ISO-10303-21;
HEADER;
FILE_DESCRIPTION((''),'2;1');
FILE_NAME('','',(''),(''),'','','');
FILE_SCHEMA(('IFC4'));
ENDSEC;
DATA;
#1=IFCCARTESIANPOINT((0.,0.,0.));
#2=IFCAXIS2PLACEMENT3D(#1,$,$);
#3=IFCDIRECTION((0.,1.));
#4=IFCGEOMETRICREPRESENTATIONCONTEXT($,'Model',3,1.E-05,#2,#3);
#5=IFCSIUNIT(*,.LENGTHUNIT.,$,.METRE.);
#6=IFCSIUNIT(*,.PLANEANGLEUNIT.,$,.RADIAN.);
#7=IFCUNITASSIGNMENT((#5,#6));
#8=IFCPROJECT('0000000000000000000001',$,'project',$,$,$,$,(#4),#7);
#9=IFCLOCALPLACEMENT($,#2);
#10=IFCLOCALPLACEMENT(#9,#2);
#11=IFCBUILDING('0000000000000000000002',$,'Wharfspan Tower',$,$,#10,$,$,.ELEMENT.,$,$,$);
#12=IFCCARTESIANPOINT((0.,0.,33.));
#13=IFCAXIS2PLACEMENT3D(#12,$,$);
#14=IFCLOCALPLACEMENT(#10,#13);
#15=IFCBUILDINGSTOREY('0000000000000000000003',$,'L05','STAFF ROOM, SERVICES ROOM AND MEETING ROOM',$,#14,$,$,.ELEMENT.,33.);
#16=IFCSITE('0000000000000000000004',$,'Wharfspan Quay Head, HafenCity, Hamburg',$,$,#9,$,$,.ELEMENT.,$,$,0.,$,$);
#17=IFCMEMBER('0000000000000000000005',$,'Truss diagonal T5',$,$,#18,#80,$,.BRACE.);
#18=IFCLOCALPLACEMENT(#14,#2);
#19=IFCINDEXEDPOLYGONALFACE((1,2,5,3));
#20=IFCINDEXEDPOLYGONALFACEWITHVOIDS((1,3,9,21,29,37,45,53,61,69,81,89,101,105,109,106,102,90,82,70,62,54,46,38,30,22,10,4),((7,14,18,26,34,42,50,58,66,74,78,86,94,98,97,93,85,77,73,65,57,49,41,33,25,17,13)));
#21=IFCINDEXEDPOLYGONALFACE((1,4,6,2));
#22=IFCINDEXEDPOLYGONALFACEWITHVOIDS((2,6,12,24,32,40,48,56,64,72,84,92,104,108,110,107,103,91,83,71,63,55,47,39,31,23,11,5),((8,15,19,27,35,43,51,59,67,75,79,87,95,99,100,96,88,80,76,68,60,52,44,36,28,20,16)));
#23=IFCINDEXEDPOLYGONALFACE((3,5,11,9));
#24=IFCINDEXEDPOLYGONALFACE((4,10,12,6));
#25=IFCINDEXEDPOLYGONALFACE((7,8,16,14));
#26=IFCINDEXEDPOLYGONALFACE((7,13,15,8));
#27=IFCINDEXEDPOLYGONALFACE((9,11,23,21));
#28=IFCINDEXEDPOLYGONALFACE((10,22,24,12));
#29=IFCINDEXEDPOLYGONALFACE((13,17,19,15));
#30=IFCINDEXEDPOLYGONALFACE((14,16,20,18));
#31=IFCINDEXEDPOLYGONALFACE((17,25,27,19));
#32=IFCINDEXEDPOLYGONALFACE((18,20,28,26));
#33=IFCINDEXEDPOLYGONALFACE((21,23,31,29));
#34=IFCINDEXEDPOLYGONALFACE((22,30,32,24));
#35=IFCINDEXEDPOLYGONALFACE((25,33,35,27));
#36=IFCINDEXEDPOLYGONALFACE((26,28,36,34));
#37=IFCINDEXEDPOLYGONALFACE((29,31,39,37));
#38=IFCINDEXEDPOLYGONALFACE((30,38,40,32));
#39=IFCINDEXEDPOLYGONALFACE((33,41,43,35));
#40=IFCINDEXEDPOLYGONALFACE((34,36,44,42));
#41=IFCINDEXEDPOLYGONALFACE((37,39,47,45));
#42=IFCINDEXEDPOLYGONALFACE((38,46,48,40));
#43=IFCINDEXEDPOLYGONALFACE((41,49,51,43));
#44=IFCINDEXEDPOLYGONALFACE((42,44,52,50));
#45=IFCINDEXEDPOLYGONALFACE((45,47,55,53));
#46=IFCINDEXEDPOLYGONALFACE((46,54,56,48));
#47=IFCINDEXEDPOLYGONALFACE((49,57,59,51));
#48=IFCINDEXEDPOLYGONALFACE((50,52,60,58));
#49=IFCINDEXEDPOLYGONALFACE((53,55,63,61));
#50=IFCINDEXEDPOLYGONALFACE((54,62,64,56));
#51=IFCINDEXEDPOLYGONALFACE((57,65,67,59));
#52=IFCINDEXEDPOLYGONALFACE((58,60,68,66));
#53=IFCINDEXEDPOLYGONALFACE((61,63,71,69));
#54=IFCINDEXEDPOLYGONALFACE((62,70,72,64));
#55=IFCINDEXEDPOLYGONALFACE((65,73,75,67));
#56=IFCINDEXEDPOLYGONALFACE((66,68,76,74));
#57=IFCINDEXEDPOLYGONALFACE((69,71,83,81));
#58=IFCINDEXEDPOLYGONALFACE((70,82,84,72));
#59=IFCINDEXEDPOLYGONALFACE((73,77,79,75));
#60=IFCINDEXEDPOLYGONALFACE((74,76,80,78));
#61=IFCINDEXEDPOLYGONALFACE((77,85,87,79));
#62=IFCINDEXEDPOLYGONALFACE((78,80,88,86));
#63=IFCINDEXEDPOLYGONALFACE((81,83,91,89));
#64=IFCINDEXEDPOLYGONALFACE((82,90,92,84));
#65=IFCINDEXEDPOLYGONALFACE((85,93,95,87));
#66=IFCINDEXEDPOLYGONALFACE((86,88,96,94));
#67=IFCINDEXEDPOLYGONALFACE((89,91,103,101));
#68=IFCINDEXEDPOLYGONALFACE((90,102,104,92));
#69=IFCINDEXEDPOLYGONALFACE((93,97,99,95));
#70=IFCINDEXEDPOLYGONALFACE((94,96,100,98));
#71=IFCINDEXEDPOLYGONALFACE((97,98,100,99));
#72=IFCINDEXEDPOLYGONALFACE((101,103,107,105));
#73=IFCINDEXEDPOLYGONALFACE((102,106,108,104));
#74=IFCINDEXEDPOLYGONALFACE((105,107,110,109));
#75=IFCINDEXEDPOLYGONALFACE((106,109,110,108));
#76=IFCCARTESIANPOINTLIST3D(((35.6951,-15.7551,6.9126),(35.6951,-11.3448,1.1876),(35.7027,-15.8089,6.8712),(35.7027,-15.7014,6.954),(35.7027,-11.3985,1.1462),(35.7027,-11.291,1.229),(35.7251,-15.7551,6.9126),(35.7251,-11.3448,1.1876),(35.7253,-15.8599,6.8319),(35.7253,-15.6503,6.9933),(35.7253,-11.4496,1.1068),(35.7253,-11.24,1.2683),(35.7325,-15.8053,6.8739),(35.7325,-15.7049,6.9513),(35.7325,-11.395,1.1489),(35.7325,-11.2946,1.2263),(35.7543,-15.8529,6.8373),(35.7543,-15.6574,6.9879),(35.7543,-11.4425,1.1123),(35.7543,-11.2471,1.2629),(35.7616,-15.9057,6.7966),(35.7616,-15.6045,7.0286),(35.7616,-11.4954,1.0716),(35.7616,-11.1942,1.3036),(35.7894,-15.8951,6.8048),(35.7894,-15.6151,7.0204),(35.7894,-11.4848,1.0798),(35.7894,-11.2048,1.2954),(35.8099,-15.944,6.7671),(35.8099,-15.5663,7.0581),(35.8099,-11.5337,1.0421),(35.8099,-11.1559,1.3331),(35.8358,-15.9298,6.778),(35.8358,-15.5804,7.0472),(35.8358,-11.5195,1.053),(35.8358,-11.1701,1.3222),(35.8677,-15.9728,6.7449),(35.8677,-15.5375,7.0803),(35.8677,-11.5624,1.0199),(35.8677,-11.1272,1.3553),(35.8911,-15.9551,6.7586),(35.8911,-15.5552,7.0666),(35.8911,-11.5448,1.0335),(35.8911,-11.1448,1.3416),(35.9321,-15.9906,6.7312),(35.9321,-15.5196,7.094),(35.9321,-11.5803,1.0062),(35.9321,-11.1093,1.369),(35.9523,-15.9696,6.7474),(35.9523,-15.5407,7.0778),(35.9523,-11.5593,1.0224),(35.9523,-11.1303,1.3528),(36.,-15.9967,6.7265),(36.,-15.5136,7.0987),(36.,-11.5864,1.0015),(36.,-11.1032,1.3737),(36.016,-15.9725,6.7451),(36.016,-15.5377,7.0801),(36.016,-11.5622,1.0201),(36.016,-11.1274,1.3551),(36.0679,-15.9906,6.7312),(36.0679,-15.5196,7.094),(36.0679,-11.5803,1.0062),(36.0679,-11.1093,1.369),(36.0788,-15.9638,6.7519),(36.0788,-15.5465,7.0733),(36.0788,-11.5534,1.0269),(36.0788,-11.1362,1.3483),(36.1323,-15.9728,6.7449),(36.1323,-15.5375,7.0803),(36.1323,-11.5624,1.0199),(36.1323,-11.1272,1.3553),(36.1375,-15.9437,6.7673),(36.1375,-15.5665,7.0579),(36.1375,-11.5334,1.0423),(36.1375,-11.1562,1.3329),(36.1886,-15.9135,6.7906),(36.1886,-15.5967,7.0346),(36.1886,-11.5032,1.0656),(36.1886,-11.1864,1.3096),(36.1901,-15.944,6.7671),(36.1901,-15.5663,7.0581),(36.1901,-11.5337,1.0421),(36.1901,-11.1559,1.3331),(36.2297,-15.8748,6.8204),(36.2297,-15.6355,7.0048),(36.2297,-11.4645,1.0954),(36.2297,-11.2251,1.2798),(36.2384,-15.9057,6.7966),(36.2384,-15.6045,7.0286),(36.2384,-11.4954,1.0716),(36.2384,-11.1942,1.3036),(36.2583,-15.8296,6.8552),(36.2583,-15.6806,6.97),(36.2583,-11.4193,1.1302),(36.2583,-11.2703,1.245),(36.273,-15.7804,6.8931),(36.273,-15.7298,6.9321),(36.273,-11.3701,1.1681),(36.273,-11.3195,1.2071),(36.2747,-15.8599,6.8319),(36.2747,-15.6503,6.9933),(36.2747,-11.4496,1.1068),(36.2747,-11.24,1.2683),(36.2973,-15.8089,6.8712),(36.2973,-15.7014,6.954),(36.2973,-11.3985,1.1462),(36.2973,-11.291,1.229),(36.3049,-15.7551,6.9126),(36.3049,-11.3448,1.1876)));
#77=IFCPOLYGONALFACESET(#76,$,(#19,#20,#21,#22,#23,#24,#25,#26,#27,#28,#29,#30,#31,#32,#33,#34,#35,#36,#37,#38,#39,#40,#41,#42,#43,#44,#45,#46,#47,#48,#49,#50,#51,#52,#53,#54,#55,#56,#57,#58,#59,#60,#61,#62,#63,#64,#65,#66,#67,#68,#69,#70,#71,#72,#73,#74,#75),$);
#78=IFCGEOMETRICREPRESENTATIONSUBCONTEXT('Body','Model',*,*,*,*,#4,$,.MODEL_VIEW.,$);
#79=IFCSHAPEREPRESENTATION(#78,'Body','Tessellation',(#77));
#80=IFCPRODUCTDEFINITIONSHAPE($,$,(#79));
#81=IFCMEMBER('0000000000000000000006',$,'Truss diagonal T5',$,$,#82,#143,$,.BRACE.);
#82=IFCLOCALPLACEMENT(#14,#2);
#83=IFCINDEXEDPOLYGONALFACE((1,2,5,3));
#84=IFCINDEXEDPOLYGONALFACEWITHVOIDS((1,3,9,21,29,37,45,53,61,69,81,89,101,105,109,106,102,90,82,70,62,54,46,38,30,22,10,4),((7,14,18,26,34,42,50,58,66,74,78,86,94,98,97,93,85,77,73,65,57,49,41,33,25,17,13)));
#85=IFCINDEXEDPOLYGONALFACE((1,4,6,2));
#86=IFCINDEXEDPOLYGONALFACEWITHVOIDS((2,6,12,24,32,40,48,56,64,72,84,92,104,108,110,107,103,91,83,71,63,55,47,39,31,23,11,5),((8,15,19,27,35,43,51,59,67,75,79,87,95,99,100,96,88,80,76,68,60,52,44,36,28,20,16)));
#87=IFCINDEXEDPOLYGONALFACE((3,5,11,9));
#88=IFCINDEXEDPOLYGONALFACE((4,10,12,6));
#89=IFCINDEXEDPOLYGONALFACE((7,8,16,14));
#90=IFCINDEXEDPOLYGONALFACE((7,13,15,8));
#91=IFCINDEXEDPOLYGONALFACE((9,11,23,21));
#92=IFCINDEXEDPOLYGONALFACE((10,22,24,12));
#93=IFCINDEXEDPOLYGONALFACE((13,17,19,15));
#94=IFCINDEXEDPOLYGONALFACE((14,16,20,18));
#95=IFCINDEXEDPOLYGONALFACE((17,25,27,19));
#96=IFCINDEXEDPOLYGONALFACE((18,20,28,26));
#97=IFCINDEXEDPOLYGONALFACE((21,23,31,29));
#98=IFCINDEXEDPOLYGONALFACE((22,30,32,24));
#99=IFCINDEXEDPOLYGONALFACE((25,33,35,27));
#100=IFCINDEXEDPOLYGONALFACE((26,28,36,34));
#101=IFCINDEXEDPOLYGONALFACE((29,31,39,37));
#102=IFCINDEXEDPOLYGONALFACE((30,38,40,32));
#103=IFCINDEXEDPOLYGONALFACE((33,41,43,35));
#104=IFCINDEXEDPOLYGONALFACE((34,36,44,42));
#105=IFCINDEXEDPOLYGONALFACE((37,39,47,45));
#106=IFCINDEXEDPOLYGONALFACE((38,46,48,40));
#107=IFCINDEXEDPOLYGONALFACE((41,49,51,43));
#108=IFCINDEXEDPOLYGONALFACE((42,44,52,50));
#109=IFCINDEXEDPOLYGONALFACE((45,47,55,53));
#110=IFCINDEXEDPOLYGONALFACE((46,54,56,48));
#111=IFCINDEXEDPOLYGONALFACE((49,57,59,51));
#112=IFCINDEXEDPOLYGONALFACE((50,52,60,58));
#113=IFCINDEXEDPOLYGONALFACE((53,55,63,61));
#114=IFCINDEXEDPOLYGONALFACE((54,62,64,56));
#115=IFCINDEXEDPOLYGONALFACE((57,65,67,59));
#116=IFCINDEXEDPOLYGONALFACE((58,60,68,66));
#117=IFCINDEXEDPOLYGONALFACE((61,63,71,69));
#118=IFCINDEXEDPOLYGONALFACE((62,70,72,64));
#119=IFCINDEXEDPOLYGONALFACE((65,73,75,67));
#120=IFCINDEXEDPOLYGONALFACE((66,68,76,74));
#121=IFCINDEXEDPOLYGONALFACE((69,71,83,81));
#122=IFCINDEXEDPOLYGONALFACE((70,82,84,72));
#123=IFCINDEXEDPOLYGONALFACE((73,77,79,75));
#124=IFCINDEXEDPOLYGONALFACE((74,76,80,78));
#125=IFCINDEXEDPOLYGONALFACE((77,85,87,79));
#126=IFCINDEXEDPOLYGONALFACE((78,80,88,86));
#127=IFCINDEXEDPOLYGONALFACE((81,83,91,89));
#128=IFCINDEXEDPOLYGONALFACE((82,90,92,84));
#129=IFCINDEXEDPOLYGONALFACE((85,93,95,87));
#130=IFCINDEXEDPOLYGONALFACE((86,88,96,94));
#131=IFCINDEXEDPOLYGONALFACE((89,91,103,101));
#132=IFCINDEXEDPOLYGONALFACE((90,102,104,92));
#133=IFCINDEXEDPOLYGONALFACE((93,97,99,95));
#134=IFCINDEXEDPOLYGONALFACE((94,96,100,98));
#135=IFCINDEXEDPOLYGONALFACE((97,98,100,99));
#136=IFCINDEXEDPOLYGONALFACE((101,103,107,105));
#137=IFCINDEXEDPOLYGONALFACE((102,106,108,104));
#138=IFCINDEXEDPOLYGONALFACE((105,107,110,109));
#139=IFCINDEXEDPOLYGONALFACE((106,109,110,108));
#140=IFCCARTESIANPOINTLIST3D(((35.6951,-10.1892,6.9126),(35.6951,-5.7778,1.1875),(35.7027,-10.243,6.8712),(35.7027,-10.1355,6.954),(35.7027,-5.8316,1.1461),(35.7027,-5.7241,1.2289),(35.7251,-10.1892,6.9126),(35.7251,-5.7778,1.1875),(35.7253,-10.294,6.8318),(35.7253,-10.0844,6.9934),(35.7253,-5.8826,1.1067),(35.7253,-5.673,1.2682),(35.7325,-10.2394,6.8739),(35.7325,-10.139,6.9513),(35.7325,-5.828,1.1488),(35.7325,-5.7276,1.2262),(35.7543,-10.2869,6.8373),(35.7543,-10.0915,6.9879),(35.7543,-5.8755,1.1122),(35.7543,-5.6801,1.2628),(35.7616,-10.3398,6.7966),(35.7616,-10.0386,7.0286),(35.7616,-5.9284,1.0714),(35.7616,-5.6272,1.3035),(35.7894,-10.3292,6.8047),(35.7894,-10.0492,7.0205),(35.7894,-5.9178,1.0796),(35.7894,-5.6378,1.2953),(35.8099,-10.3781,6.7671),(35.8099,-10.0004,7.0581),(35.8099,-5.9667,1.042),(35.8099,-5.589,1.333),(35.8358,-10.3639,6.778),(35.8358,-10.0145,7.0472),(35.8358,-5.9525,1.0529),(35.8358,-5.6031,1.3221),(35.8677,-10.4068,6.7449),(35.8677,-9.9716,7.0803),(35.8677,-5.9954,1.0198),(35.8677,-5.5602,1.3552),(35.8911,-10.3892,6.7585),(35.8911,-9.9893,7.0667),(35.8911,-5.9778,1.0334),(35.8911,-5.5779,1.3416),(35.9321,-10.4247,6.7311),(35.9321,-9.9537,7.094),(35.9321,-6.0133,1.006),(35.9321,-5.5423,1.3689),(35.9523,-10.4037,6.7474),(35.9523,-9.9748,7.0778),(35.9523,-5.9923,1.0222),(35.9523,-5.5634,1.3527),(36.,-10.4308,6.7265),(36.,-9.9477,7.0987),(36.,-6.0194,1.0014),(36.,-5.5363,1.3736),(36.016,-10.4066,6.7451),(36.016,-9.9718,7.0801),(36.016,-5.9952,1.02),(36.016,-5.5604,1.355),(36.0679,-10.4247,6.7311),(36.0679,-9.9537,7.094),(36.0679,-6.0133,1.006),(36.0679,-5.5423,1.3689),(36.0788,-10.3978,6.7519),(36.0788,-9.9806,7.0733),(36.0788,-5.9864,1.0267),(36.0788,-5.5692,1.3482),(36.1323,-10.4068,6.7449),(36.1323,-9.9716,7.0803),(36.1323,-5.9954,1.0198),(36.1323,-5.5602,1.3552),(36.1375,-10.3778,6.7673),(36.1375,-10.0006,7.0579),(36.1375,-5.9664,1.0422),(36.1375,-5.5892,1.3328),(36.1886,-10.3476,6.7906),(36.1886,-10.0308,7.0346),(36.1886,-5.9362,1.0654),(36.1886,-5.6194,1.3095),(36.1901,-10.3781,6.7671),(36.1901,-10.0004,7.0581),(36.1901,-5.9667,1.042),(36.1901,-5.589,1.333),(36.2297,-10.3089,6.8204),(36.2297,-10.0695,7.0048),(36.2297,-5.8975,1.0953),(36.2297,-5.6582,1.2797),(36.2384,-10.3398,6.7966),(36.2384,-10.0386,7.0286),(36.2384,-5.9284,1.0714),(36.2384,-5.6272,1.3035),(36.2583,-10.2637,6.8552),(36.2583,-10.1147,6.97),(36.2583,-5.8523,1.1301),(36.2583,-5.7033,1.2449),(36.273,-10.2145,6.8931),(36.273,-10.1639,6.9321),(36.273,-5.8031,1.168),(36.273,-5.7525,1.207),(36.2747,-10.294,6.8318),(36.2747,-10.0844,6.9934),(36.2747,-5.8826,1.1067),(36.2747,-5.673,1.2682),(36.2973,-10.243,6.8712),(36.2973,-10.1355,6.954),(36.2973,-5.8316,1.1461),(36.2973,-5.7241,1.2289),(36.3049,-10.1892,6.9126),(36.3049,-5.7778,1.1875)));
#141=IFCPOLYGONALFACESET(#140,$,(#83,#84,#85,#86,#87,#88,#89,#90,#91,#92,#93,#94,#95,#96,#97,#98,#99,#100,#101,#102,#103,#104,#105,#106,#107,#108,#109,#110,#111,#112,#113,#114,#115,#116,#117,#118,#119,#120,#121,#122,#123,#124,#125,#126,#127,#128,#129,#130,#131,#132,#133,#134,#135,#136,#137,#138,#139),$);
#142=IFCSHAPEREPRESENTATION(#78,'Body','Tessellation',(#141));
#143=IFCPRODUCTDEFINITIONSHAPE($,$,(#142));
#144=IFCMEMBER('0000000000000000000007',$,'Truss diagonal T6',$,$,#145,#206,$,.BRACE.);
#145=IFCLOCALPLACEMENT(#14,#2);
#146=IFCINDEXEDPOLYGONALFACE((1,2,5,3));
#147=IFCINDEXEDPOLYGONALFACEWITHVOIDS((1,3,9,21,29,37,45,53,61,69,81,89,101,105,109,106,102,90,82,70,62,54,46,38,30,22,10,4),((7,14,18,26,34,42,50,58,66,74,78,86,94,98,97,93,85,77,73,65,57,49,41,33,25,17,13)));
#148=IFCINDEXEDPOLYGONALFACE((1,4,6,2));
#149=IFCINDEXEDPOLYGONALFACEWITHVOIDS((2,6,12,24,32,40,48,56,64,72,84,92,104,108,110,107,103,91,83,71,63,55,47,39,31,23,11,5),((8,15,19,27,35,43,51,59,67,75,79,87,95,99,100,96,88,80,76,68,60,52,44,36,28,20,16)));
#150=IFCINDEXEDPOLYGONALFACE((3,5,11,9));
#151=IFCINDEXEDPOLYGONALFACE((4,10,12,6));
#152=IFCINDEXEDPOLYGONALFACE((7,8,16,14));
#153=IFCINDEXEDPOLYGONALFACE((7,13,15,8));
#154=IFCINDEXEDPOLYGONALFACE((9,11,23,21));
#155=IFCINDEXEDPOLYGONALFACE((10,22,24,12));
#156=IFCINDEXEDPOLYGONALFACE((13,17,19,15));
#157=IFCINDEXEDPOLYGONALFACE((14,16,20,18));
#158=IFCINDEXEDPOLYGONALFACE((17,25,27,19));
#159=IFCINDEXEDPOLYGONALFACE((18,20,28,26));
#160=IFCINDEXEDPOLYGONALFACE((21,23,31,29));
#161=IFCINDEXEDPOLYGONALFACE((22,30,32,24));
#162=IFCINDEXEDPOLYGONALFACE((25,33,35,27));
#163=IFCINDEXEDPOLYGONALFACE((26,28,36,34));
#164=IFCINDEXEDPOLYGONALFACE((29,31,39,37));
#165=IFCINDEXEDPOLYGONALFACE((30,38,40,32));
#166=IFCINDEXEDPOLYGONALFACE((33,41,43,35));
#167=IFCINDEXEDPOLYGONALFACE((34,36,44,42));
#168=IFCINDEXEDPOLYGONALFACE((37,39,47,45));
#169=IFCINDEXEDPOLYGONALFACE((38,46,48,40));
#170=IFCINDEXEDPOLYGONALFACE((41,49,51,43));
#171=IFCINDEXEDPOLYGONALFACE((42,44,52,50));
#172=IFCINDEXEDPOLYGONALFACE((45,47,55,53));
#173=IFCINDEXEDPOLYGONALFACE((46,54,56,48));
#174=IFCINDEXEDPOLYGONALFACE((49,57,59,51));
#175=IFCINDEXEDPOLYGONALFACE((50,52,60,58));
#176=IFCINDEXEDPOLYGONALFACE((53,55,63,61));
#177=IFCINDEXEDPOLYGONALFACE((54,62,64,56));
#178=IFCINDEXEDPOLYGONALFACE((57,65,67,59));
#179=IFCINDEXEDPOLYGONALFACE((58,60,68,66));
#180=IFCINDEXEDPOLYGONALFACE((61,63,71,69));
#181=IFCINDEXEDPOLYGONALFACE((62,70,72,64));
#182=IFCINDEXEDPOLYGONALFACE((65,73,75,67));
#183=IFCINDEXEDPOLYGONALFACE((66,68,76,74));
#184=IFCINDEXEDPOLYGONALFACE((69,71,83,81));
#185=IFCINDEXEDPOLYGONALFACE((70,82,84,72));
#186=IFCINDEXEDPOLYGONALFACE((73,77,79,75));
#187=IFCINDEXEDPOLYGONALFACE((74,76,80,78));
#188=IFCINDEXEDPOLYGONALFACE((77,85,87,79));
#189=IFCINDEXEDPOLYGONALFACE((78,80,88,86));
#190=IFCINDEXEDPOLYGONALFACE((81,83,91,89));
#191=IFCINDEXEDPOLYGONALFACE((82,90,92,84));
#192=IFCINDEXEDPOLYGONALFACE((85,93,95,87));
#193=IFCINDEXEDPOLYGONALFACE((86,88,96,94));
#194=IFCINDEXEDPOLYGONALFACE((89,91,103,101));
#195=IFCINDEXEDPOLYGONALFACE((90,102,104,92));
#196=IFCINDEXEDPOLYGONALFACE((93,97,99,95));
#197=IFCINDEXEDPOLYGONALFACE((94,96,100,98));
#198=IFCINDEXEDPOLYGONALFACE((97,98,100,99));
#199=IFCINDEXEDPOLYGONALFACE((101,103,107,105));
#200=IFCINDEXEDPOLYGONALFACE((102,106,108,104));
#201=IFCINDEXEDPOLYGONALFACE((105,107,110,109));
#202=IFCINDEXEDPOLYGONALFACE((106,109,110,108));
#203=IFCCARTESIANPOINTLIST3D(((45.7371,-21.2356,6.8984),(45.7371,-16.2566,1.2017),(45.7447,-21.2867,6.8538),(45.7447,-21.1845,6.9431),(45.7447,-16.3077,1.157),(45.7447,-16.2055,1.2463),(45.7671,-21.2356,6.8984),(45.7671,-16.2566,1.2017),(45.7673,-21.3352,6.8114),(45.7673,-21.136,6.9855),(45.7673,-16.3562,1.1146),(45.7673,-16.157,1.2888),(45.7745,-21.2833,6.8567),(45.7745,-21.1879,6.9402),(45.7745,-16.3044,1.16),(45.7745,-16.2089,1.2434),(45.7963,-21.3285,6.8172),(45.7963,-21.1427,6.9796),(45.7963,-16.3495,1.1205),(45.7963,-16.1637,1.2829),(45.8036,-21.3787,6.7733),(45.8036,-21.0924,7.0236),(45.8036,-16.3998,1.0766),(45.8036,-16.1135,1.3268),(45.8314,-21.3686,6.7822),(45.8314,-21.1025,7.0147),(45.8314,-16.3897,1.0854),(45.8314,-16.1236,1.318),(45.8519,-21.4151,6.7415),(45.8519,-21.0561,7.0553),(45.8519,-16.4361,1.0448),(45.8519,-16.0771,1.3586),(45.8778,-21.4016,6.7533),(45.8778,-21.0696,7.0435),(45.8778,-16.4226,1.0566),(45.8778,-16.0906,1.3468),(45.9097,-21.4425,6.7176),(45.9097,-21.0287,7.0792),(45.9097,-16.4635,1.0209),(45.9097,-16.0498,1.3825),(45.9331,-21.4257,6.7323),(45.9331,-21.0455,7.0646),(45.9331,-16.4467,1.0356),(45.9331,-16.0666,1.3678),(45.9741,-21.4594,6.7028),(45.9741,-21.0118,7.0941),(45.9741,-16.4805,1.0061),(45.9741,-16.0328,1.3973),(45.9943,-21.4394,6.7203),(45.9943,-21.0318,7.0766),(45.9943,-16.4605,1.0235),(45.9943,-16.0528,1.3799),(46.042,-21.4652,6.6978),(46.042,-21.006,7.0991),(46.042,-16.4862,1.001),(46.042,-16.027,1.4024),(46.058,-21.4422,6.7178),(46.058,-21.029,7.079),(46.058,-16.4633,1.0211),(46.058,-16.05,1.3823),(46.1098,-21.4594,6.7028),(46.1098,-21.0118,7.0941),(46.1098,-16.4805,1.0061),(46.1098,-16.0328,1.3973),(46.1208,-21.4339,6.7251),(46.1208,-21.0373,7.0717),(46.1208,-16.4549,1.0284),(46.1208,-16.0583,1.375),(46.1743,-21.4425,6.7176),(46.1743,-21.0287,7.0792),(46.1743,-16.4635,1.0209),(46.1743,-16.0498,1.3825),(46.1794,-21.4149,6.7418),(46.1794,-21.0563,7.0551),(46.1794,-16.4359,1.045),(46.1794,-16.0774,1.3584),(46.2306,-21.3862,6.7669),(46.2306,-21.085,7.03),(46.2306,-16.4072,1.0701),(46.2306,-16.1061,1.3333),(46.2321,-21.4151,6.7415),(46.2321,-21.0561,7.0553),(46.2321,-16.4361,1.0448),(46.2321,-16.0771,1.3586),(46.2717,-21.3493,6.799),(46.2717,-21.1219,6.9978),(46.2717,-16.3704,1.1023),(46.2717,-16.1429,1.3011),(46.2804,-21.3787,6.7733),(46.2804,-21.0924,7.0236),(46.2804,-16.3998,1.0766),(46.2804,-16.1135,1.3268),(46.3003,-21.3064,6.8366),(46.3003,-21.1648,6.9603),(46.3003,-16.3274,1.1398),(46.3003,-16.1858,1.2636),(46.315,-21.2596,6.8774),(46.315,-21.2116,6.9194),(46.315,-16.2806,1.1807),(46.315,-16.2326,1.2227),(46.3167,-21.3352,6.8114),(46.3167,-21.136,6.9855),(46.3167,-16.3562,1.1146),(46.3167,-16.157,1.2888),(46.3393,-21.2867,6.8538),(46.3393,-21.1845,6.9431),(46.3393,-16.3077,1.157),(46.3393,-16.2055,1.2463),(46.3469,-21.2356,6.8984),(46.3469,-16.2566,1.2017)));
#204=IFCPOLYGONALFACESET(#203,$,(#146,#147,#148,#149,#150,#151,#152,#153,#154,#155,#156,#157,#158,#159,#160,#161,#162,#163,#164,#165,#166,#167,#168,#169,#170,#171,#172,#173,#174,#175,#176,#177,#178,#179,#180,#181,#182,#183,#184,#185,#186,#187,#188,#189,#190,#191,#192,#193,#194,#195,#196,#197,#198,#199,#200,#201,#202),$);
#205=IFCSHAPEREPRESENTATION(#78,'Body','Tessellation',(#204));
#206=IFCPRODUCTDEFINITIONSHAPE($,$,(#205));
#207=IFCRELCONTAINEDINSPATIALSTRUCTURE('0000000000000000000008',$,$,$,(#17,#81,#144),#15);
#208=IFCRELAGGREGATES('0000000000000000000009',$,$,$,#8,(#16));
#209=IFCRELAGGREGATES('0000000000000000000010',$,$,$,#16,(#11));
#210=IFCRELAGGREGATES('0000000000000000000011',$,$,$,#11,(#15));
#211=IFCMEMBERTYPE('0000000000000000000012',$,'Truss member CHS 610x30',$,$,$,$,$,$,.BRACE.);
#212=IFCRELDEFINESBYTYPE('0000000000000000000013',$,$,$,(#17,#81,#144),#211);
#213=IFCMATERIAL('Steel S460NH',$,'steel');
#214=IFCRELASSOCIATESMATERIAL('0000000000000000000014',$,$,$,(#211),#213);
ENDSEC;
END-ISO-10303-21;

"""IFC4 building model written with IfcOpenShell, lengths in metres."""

from ifc_helpers import new_model, si_unit, direction, frame, origin, origin_2d, place, context, subcontext, project, spatial, hollow_circle, extrude, material, material_profile, profile_set, type_object, element, save


model = new_model("IFC4")

# Units and contexts
model_context = context("Model", 3, precision=1e-05, world=origin(), true_north=direction((0.0, 1.0)))
body_context = subcontext(model_context, "Body", "Model", "MODEL_VIEW")
ifc_project = project(units=[si_unit("LENGTHUNIT", "METRE"), si_unit("PLANEANGLEUNIT", "RADIAN")], contexts=[model_context])

# Site, building, storey
site_placement = place(None, origin())
site = spatial("IfcSite", under=ifc_project, at=site_placement, Name="Wharfspan Quay Head, HafenCity, Hamburg", CompositionType="ELEMENT", RefElevation=0.0)
building_placement = place(site_placement, origin())
building = spatial("IfcBuilding", under=site, at=building_placement, Name="Wharfspan Tower", CompositionType="ELEMENT")
storey_placement = place(building_placement, frame((0.0, 0.0, 33.0)))
storey = spatial("IfcBuildingStorey", under=building, at=storey_placement, Name="L05", Description="STAFF ROOM, SERVICES ROOM AND MEETING ROOM", CompositionType="ELEMENT", Elevation=33.0)

# Members
ifc_material_1 = material(Name="Steel S460NH", Category="steel")
ifc_material_profile_1 = material_profile(ifc_material_1, hollow_circle(Radius=0.3049, WallThickness=0.03, at=origin_2d()))
ifc_profile_set_1 = profile_set([ifc_material_profile_1], Name="Steel S460NH")
member_type_1 = type_object("IfcMemberType", Name="Truss member CHS 610x30", PredefinedType="BRACE", material=ifc_profile_set_1)
member_1_placement = place(storey_placement, frame((36.0, -15.7551, 6.9126), z_axis=(0.0, 0.610274, -0.792191), x_axis=(-1.0, 0.0, 0.0)))
element("IfcMember", 1, at=member_1_placement, inside=storey, type_object=member_type_1, Name="Truss diagonal T5", PredefinedType="BRACE", context=body_context, shape_type="SweptSolid", body=[
    extrude(hollow_circle(Radius=0.3049, WallThickness=0.03, at=origin_2d()), origin(), (0.0, 0.0, 1.0), 7.2268),
])
member_2_placement = place(storey_placement, frame((36.0, -10.1892, 6.9126), z_axis=(0.0, 0.610359, -0.792125), x_axis=(-1.0, 0.0, 0.0)))
element("IfcMember", 2, at=member_2_placement, inside=storey, type_object=member_type_1, Name="Truss diagonal T5", PredefinedType="BRACE", context=body_context, shape_type="SweptSolid", body=[
    extrude(hollow_circle(Radius=0.3049, WallThickness=0.03, at=origin_2d()), origin(), (0.0, 0.0, 1.0), 7.2275),
])
member_3_placement = place(storey_placement, frame((46.042, -21.2356, 6.8984), z_axis=(0.0, 0.65808, -0.752948), x_axis=(-1.0, 0.0, 0.0)))
element("IfcMember", 3, at=member_3_placement, inside=storey, type_object=member_type_1, Name="Truss diagonal T6", PredefinedType="BRACE", context=body_context, shape_type="SweptSolid", body=[
    extrude(hollow_circle(Radius=0.3049, WallThickness=0.03, at=origin_2d()), origin(), (0.0, 0.0, 1.0), 7.5659),
])

save(model, "model.ifc")
